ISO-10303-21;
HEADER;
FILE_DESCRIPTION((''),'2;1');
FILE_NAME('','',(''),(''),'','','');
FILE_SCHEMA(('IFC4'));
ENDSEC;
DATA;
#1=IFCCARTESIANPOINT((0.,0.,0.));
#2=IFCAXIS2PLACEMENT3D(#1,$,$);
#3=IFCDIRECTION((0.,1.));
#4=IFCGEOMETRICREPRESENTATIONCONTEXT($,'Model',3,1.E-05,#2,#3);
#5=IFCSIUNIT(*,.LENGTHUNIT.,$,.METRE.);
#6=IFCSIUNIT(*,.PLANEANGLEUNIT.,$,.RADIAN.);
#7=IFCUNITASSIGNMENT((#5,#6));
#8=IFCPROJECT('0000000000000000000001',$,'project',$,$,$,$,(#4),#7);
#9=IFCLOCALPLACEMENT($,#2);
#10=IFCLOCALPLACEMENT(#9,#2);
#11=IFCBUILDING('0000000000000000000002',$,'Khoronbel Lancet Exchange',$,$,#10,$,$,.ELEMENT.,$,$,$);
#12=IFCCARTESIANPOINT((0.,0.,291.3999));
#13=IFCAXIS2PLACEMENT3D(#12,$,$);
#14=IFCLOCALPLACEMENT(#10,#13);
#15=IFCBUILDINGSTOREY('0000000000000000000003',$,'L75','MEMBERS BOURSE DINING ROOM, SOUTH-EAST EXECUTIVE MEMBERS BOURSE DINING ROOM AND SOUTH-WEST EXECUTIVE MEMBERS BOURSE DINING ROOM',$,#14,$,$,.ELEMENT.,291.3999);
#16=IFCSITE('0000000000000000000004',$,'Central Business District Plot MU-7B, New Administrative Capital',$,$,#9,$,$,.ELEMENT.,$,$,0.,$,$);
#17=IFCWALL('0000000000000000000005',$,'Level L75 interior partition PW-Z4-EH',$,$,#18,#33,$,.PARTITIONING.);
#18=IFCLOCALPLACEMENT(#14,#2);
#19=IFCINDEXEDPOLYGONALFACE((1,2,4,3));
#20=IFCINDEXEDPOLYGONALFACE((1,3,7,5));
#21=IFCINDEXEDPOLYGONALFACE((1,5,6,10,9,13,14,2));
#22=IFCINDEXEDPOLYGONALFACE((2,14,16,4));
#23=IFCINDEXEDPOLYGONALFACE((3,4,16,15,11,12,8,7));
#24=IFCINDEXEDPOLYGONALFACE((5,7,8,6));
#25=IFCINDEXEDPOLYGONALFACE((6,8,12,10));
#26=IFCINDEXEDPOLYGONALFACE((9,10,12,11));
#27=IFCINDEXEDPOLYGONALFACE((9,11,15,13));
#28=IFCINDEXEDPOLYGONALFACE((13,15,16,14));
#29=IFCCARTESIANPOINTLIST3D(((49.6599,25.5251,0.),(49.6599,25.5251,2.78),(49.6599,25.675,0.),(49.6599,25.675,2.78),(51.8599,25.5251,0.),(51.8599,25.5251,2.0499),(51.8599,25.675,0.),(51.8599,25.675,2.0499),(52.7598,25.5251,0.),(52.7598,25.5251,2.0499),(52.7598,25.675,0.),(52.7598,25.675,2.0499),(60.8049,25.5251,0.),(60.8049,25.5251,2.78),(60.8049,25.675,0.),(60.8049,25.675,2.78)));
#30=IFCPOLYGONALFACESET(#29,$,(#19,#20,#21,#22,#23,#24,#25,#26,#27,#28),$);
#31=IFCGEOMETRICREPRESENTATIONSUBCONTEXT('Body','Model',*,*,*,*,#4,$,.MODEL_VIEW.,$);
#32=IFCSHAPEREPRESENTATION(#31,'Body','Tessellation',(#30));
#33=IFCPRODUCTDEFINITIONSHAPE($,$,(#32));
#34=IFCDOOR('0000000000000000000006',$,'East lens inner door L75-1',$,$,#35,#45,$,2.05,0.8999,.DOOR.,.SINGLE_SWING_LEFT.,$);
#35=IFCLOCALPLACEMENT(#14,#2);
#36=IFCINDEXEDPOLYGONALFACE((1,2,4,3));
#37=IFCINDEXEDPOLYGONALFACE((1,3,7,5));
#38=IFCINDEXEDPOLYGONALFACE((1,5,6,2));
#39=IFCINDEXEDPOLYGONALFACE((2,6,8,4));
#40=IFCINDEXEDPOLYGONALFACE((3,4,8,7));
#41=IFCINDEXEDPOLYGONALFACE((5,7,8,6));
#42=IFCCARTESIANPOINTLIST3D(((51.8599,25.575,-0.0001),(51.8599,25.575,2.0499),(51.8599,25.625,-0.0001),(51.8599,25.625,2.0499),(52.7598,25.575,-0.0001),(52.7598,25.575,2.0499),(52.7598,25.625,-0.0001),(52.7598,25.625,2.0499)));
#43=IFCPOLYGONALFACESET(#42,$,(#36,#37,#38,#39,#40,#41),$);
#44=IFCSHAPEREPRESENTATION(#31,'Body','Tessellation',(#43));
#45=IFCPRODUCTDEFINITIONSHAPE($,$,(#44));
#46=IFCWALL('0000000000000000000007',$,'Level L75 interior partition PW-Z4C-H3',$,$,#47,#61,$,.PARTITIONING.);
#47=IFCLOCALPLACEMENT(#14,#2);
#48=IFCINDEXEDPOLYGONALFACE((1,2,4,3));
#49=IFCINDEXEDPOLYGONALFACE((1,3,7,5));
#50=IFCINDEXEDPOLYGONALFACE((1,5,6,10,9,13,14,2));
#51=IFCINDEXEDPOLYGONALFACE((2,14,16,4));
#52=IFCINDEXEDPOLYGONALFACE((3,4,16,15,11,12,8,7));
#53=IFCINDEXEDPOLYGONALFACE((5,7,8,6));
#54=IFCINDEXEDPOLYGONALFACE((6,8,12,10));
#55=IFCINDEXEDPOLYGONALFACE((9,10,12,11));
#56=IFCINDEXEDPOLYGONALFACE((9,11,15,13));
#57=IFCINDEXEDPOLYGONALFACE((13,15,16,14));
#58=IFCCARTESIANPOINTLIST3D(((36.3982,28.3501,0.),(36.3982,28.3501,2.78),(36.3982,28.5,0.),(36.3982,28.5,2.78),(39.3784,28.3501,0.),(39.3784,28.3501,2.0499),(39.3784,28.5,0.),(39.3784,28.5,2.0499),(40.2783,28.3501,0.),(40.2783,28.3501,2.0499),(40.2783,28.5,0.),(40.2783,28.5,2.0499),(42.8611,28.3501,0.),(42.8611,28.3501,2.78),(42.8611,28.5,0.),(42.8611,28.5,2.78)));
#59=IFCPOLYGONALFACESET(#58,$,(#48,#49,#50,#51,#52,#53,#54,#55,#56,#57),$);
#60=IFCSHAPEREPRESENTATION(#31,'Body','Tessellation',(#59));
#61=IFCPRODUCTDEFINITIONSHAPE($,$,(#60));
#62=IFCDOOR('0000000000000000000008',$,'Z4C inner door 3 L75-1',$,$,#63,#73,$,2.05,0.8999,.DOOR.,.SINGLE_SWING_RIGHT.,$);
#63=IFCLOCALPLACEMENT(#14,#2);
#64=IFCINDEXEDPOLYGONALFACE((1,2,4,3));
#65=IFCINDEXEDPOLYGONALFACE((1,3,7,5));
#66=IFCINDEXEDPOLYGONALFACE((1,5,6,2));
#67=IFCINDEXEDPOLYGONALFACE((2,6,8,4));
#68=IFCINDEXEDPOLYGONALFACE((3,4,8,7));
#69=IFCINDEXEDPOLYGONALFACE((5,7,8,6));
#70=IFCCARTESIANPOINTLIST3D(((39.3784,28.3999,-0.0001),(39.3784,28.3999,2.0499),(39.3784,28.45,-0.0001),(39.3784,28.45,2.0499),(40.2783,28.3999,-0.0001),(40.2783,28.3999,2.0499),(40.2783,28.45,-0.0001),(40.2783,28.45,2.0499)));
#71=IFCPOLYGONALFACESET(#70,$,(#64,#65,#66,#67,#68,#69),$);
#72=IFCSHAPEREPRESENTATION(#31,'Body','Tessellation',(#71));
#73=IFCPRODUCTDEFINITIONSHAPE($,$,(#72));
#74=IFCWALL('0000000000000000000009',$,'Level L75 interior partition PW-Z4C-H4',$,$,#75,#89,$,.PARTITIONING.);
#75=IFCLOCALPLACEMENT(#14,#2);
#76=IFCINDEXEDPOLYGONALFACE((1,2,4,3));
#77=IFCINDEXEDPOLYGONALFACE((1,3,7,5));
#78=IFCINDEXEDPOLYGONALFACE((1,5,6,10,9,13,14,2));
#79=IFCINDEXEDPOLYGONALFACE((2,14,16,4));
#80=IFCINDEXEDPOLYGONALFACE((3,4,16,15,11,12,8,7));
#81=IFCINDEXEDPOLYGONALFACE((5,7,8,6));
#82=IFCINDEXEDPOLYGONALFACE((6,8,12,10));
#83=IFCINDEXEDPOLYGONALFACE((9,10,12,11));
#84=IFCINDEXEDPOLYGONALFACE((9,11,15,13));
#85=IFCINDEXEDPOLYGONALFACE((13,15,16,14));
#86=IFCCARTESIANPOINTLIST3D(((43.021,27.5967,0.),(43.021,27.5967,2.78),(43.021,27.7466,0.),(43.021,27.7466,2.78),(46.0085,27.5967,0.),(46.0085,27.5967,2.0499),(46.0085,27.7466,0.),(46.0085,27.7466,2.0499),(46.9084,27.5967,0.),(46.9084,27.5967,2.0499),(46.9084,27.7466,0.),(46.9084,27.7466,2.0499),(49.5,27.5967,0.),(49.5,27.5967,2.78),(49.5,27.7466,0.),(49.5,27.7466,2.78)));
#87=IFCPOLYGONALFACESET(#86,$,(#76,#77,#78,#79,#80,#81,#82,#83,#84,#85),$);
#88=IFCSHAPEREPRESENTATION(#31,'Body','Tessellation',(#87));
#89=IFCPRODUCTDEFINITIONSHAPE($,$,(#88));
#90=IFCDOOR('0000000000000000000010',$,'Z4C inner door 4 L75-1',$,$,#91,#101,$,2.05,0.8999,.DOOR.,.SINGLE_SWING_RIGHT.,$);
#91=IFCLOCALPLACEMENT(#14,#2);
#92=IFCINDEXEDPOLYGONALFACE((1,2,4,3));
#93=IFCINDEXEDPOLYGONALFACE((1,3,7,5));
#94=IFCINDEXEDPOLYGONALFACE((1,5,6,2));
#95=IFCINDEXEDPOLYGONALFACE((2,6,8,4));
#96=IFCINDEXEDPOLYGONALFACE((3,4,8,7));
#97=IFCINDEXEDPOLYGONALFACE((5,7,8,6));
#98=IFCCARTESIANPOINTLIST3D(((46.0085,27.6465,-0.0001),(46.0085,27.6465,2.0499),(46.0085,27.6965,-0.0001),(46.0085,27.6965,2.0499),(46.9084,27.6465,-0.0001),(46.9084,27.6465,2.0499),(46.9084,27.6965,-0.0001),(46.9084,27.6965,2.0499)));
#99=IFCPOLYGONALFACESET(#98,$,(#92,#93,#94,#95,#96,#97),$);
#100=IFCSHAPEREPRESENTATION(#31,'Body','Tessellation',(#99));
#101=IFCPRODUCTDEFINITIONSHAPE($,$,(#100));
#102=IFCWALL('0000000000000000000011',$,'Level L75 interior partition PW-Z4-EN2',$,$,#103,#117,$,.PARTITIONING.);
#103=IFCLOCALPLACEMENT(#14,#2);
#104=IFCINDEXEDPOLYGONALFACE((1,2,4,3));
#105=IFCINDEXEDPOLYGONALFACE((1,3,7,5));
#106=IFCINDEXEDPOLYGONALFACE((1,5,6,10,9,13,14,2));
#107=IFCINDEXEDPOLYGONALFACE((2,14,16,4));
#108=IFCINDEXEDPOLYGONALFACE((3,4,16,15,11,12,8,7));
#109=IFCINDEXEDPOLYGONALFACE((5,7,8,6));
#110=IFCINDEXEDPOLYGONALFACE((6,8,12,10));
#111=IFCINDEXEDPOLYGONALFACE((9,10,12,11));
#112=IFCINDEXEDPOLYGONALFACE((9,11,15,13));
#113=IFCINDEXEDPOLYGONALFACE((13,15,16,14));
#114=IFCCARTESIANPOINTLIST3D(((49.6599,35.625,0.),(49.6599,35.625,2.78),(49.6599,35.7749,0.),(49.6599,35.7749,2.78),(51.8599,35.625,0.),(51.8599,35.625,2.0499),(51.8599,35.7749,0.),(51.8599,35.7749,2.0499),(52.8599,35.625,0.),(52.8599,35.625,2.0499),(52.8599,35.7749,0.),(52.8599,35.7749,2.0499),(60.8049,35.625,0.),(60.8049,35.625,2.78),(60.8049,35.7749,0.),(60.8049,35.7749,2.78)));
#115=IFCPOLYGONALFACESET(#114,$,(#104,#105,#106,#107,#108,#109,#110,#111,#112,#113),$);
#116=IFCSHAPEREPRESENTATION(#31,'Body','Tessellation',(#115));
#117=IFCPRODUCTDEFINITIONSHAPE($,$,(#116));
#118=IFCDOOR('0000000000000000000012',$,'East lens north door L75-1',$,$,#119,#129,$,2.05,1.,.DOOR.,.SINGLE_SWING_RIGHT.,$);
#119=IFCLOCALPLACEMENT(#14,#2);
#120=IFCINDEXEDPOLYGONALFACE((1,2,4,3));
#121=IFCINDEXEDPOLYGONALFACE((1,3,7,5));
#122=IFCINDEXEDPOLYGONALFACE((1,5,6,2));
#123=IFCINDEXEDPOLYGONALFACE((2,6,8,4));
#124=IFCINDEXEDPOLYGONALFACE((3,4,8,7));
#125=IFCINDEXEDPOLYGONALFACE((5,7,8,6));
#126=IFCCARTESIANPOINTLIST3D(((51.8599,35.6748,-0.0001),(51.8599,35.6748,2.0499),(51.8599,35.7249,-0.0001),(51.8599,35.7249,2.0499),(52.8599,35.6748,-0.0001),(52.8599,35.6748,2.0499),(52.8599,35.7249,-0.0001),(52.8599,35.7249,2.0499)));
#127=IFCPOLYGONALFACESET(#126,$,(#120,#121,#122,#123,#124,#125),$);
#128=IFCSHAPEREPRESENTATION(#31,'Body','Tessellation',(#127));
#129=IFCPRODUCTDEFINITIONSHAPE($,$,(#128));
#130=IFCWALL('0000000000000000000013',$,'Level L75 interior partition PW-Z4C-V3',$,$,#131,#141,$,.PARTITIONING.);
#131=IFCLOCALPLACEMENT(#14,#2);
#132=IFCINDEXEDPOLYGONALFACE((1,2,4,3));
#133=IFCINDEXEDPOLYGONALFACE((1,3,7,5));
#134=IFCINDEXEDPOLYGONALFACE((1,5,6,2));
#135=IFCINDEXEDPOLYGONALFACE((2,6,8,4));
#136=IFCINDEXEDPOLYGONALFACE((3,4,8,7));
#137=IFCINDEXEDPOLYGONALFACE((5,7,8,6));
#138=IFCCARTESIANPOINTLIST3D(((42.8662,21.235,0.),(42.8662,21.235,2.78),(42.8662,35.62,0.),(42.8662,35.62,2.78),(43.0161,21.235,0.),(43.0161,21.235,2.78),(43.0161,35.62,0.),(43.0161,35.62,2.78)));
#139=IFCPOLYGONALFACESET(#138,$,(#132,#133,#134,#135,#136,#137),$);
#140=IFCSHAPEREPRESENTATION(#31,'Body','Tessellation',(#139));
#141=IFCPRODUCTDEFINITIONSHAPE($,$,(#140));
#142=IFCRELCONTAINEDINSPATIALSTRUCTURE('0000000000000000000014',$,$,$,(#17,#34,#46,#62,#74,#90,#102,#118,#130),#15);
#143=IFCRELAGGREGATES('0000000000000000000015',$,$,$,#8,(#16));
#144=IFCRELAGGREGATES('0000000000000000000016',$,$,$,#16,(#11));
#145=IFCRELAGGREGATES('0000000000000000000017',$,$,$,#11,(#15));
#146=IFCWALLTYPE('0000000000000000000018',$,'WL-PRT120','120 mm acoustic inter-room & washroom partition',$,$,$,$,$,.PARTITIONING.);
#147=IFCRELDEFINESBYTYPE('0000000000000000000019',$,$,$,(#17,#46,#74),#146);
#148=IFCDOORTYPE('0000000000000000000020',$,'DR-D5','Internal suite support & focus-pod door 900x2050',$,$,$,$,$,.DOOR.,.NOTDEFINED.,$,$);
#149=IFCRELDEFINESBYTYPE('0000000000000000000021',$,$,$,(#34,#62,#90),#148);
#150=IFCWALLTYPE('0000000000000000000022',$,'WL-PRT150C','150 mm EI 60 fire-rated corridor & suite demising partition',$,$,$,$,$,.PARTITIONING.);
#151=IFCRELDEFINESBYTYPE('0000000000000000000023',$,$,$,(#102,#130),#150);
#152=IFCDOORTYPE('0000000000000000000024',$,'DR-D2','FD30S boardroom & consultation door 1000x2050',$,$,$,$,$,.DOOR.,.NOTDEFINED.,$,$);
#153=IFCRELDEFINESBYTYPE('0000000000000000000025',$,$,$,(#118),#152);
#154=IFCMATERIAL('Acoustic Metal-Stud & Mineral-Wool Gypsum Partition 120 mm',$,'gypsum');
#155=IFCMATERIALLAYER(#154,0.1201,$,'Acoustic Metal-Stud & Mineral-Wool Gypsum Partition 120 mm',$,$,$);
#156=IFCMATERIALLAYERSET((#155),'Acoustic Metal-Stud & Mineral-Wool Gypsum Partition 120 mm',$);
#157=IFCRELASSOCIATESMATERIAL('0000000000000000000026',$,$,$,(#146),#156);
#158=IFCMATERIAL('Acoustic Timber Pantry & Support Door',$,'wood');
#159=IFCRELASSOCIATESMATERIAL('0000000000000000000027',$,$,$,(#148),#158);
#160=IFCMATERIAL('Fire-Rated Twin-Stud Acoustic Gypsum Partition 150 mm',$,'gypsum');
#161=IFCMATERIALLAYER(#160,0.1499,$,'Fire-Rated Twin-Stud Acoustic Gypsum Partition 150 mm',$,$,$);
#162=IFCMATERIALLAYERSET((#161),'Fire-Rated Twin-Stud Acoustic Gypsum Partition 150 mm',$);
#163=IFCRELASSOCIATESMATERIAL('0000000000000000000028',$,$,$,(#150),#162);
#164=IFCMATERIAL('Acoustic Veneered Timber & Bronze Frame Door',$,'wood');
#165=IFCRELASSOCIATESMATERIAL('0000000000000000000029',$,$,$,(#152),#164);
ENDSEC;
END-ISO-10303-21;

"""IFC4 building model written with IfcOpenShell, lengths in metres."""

from ifc_helpers import new_model, si_unit, direction, frame, frame_2d, origin, place, context, subcontext, project, spatial, rectangle, extrude, material, layer, layer_set, type_object, element, fill, save


model = new_model("IFC4")

# Units and contexts
model_context = context("Model", 3, precision=1e-05, world=origin(), true_north=direction((0.0, 1.0)))
body_context = subcontext(model_context, "Body", "Model", "MODEL_VIEW")
ifc_project = project(units=[si_unit("LENGTHUNIT", "METRE"), si_unit("PLANEANGLEUNIT", "RADIAN")], contexts=[model_context])

# Site, building, storey
site_placement = place(None, origin())
site = spatial("IfcSite", under=ifc_project, at=site_placement, Name="Central Business District Plot MU-7B, New Administrative Capital", CompositionType="ELEMENT", RefElevation=0.0)
building_placement = place(site_placement, origin())
building = spatial("IfcBuilding", under=site, at=building_placement, Name="Khoronbel Lancet Exchange", CompositionType="ELEMENT")
storey_placement = place(building_placement, frame((0.0, 0.0, 291.3999)))
storey = spatial("IfcBuildingStorey", under=building, at=storey_placement, Name="L75", Description="MEMBERS BOURSE DINING ROOM, SOUTH-EAST EXECUTIVE MEMBERS BOURSE DINING ROOM AND SOUTH-WEST EXECUTIVE MEMBERS BOURSE DINING ROOM", CompositionType="ELEMENT", Elevation=291.3999)

# Walls, openings, doors
ifc_material_1 = material(Name="Acoustic Metal-Stud & Mineral-Wool Gypsum Partition 120 mm", Category="gypsum")
ifc_layer_1 = layer(ifc_material_1, 0.1201, Name="Acoustic Metal-Stud & Mineral-Wool Gypsum Partition 120 mm")
ifc_layer_set_1 = layer_set([ifc_layer_1], Name="Acoustic Metal-Stud & Mineral-Wool Gypsum Partition 120 mm")
wall_type_1 = type_object("IfcWallType", Name="WL-PRT120", Description="120 mm acoustic inter-room & washroom partition", PredefinedType="PARTITIONING", material=ifc_layer_set_1)
wall_1_placement = place(storey_placement, frame((49.6599, 25.6001, 0.0), z_axis=(0.0, 0.0, 1.0), x_axis=(1.0, 0.0, 0.0)))
wall_1 = element("IfcWall", 1, at=wall_1_placement, inside=storey, type_object=wall_type_1, Name="Level L75 interior partition PW-Z4-EH", PredefinedType="PARTITIONING", context=body_context, shape_type="SweptSolid", body=[
    extrude(rectangle(XDim=11.145, YDim=0.1499, at=frame_2d((5.5725, 0.0))), origin(), (0.0, 0.0, 1.0), 2.78),
])
opening_1_placement = place(wall_1_placement, frame((2.2, 0.0, 0.0)))
opening_1 = element("IfcOpeningElement", 2, at=opening_1_placement, cuts=wall_1, PredefinedType="OPENING", context=body_context, shape_type="SweptSolid", body=[
    extrude(rectangle(XDim=0.8999, YDim=2.05, at=frame_2d((0.45, 1.0249))), frame((0.0, 0.085, 0.0), z_axis=(0.0, -1.0, 0.0), x_axis=(1.0, 0.0, 0.0)), (0.0, 0.0, 1.0), 0.1699),
])
ifc_material_2 = material(Name="Acoustic Timber Pantry & Support Door", Category="wood")
door_type_1 = type_object("IfcDoorType", Name="DR-D5", Description="Internal suite support & focus-pod door 900x2050", OperationType="NOTDEFINED", PredefinedType="DOOR", material=ifc_material_2)
door_1_placement = place(opening_1_placement, origin())
door_1 = element("IfcDoor", 3, at=door_1_placement, inside=storey, type_object=door_type_1, Name="East lens inner door L75-1", OperationType="SINGLE_SWING_LEFT", OverallHeight=2.05, OverallWidth=0.8999, PredefinedType="DOOR", context=body_context, shape_type="SweptSolid", body=[
    extrude(rectangle(XDim=0.8999, YDim=2.05, at=frame_2d((0.45, 1.0249))), frame((0.0, 0.0249, 0.0), z_axis=(0.0, -1.0, 0.0), x_axis=(1.0, 0.0, 0.0)), (0.0, 0.0, 1.0), 0.05),
])
fill(opening_1, door_1)
wall_2_placement = place(storey_placement, frame((36.3982, 28.425, 0.0), z_axis=(0.0, 0.0, 1.0), x_axis=(1.0, 0.0, 0.0)))
wall_2 = element("IfcWall", 4, at=wall_2_placement, inside=storey, type_object=wall_type_1, Name="Level L75 interior partition PW-Z4C-H3", PredefinedType="PARTITIONING", context=body_context, shape_type="SweptSolid", body=[
    extrude(rectangle(XDim=6.4629, YDim=0.1499, at=frame_2d((3.2314, 0.0))), origin(), (0.0, 0.0, 1.0), 2.78),
])
opening_2_placement = place(wall_2_placement, frame((2.9802, 0.0, 0.0)))
opening_2 = element("IfcOpeningElement", 5, at=opening_2_placement, cuts=wall_2, PredefinedType="OPENING", context=body_context, shape_type="SweptSolid", body=[
    extrude(rectangle(XDim=0.8999, YDim=2.05, at=frame_2d((0.45, 1.0249))), frame((0.0, 0.085, 0.0), z_axis=(0.0, -1.0, 0.0), x_axis=(1.0, 0.0, 0.0)), (0.0, 0.0, 1.0), 0.1699),
])
door_2_placement = place(opening_2_placement, origin())
door_2 = element("IfcDoor", 6, at=door_2_placement, inside=storey, type_object=door_type_1, Name="Z4C inner door 3 L75-1", OperationType="SINGLE_SWING_RIGHT", OverallHeight=2.05, OverallWidth=0.8999, PredefinedType="DOOR", context=body_context, shape_type="SweptSolid", body=[
    extrude(rectangle(XDim=0.8999, YDim=2.05, at=frame_2d((0.45, 1.0249))), frame((0.0, 0.0249, 0.0), z_axis=(0.0, -1.0, 0.0), x_axis=(1.0, 0.0, 0.0)), (0.0, 0.0, 1.0), 0.05),
])
fill(opening_2, door_2)
wall_3_placement = place(storey_placement, frame((43.021, 27.6716, 0.0), z_axis=(0.0, 0.0, 1.0), x_axis=(1.0, 0.0, 0.0)))
wall_3 = element("IfcWall", 7, at=wall_3_placement, inside=storey, type_object=wall_type_1, Name="Level L75 interior partition PW-Z4C-H4", PredefinedType="PARTITIONING", context=body_context, shape_type="SweptSolid", body=[
    extrude(rectangle(XDim=6.479, YDim=0.1499, at=frame_2d((3.2395, 0.0))), origin(), (0.0, 0.0, 1.0), 2.78),
])
opening_3_placement = place(wall_3_placement, frame((2.9875, 0.0, 0.0)))
opening_3 = element("IfcOpeningElement", 8, at=opening_3_placement, cuts=wall_3, PredefinedType="OPENING", context=body_context, shape_type="SweptSolid", body=[
    extrude(rectangle(XDim=0.8999, YDim=2.05, at=frame_2d((0.45, 1.0249))), frame((0.0, 0.085, 0.0), z_axis=(0.0, -1.0, 0.0), x_axis=(1.0, 0.0, 0.0)), (0.0, 0.0, 1.0), 0.1699),
])
door_3_placement = place(opening_3_placement, origin())
door_3 = element("IfcDoor", 9, at=door_3_placement, inside=storey, type_object=door_type_1, Name="Z4C inner door 4 L75-1", OperationType="SINGLE_SWING_RIGHT", OverallHeight=2.05, OverallWidth=0.8999, PredefinedType="DOOR", context=body_context, shape_type="SweptSolid", body=[
    extrude(rectangle(XDim=0.8999, YDim=2.05, at=frame_2d((0.45, 1.0249))), frame((0.0, 0.0249, 0.0), z_axis=(0.0, -1.0, 0.0), x_axis=(1.0, 0.0, 0.0)), (0.0, 0.0, 1.0), 0.05),
])
fill(opening_3, door_3)
ifc_material_3 = material(Name="Fire-Rated Twin-Stud Acoustic Gypsum Partition 150 mm", Category="gypsum")
ifc_layer_2 = layer(ifc_material_3, 0.1499, Name="Fire-Rated Twin-Stud Acoustic Gypsum Partition 150 mm")
ifc_layer_set_2 = layer_set([ifc_layer_2], Name="Fire-Rated Twin-Stud Acoustic Gypsum Partition 150 mm")
wall_type_2 = type_object("IfcWallType", Name="WL-PRT150C", Description="150 mm EI 60 fire-rated corridor & suite demising partition", PredefinedType="PARTITIONING", material=ifc_layer_set_2)
wall_4_placement = place(storey_placement, frame((49.6599, 35.7, 0.0), z_axis=(0.0, 0.0, 1.0), x_axis=(1.0, 0.0, 0.0)))
wall_4 = element("IfcWall", 10, at=wall_4_placement, inside=storey, type_object=wall_type_2, Name="Level L75 interior partition PW-Z4-EN2", PredefinedType="PARTITIONING", context=body_context, shape_type="SweptSolid", body=[
    extrude(rectangle(XDim=11.145, YDim=0.1499, at=frame_2d((5.5725, 0.0))), origin(), (0.0, 0.0, 1.0), 2.78),
])
opening_4_placement = place(wall_4_placement, frame((2.2, 0.0, 0.0)))
opening_4 = element("IfcOpeningElement", 11, at=opening_4_placement, cuts=wall_4, PredefinedType="OPENING", context=body_context, shape_type="SweptSolid", body=[
    extrude(rectangle(XDim=1.0, YDim=2.05, at=frame_2d((0.5, 1.0249))), frame((0.0, 0.085, 0.0), z_axis=(0.0, -1.0, 0.0), x_axis=(1.0, 0.0, 0.0)), (0.0, 0.0, 1.0), 0.1699),
])
ifc_material_4 = material(Name="Acoustic Veneered Timber & Bronze Frame Door", Category="wood")
door_type_2 = type_object("IfcDoorType", Name="DR-D2", Description="FD30S boardroom & consultation door 1000x2050", OperationType="NOTDEFINED", PredefinedType="DOOR", material=ifc_material_4)
door_4_placement = place(opening_4_placement, origin())
door_4 = element("IfcDoor", 12, at=door_4_placement, inside=storey, type_object=door_type_2, Name="East lens north door L75-1", OperationType="SINGLE_SWING_RIGHT", OverallHeight=2.05, OverallWidth=1.0, PredefinedType="DOOR", context=body_context, shape_type="SweptSolid", body=[
    extrude(rectangle(XDim=1.0, YDim=2.05, at=frame_2d((0.5, 1.0249))), frame((0.0, 0.0249, 0.0), z_axis=(0.0, -1.0, 0.0), x_axis=(1.0, 0.0, 0.0)), (0.0, 0.0, 1.0), 0.05),
])
fill(opening_4, door_4)

# Wall
wall_5_placement = place(storey_placement, frame((42.9412, 21.2351, 0.0), z_axis=(0.0, 0.0, 1.0), x_axis=(0.0, 1.0, 0.0)))
element("IfcWall", 13, at=wall_5_placement, inside=storey, type_object=wall_type_2, Name="Level L75 interior partition PW-Z4C-V3", PredefinedType="PARTITIONING", context=body_context, shape_type="SweptSolid", body=[
    extrude(rectangle(XDim=14.385, YDim=0.1499, at=frame_2d((7.1924, 0.0))), origin(), (0.0, 0.0, 1.0), 2.78),
])

save(model, "model.ifc")
